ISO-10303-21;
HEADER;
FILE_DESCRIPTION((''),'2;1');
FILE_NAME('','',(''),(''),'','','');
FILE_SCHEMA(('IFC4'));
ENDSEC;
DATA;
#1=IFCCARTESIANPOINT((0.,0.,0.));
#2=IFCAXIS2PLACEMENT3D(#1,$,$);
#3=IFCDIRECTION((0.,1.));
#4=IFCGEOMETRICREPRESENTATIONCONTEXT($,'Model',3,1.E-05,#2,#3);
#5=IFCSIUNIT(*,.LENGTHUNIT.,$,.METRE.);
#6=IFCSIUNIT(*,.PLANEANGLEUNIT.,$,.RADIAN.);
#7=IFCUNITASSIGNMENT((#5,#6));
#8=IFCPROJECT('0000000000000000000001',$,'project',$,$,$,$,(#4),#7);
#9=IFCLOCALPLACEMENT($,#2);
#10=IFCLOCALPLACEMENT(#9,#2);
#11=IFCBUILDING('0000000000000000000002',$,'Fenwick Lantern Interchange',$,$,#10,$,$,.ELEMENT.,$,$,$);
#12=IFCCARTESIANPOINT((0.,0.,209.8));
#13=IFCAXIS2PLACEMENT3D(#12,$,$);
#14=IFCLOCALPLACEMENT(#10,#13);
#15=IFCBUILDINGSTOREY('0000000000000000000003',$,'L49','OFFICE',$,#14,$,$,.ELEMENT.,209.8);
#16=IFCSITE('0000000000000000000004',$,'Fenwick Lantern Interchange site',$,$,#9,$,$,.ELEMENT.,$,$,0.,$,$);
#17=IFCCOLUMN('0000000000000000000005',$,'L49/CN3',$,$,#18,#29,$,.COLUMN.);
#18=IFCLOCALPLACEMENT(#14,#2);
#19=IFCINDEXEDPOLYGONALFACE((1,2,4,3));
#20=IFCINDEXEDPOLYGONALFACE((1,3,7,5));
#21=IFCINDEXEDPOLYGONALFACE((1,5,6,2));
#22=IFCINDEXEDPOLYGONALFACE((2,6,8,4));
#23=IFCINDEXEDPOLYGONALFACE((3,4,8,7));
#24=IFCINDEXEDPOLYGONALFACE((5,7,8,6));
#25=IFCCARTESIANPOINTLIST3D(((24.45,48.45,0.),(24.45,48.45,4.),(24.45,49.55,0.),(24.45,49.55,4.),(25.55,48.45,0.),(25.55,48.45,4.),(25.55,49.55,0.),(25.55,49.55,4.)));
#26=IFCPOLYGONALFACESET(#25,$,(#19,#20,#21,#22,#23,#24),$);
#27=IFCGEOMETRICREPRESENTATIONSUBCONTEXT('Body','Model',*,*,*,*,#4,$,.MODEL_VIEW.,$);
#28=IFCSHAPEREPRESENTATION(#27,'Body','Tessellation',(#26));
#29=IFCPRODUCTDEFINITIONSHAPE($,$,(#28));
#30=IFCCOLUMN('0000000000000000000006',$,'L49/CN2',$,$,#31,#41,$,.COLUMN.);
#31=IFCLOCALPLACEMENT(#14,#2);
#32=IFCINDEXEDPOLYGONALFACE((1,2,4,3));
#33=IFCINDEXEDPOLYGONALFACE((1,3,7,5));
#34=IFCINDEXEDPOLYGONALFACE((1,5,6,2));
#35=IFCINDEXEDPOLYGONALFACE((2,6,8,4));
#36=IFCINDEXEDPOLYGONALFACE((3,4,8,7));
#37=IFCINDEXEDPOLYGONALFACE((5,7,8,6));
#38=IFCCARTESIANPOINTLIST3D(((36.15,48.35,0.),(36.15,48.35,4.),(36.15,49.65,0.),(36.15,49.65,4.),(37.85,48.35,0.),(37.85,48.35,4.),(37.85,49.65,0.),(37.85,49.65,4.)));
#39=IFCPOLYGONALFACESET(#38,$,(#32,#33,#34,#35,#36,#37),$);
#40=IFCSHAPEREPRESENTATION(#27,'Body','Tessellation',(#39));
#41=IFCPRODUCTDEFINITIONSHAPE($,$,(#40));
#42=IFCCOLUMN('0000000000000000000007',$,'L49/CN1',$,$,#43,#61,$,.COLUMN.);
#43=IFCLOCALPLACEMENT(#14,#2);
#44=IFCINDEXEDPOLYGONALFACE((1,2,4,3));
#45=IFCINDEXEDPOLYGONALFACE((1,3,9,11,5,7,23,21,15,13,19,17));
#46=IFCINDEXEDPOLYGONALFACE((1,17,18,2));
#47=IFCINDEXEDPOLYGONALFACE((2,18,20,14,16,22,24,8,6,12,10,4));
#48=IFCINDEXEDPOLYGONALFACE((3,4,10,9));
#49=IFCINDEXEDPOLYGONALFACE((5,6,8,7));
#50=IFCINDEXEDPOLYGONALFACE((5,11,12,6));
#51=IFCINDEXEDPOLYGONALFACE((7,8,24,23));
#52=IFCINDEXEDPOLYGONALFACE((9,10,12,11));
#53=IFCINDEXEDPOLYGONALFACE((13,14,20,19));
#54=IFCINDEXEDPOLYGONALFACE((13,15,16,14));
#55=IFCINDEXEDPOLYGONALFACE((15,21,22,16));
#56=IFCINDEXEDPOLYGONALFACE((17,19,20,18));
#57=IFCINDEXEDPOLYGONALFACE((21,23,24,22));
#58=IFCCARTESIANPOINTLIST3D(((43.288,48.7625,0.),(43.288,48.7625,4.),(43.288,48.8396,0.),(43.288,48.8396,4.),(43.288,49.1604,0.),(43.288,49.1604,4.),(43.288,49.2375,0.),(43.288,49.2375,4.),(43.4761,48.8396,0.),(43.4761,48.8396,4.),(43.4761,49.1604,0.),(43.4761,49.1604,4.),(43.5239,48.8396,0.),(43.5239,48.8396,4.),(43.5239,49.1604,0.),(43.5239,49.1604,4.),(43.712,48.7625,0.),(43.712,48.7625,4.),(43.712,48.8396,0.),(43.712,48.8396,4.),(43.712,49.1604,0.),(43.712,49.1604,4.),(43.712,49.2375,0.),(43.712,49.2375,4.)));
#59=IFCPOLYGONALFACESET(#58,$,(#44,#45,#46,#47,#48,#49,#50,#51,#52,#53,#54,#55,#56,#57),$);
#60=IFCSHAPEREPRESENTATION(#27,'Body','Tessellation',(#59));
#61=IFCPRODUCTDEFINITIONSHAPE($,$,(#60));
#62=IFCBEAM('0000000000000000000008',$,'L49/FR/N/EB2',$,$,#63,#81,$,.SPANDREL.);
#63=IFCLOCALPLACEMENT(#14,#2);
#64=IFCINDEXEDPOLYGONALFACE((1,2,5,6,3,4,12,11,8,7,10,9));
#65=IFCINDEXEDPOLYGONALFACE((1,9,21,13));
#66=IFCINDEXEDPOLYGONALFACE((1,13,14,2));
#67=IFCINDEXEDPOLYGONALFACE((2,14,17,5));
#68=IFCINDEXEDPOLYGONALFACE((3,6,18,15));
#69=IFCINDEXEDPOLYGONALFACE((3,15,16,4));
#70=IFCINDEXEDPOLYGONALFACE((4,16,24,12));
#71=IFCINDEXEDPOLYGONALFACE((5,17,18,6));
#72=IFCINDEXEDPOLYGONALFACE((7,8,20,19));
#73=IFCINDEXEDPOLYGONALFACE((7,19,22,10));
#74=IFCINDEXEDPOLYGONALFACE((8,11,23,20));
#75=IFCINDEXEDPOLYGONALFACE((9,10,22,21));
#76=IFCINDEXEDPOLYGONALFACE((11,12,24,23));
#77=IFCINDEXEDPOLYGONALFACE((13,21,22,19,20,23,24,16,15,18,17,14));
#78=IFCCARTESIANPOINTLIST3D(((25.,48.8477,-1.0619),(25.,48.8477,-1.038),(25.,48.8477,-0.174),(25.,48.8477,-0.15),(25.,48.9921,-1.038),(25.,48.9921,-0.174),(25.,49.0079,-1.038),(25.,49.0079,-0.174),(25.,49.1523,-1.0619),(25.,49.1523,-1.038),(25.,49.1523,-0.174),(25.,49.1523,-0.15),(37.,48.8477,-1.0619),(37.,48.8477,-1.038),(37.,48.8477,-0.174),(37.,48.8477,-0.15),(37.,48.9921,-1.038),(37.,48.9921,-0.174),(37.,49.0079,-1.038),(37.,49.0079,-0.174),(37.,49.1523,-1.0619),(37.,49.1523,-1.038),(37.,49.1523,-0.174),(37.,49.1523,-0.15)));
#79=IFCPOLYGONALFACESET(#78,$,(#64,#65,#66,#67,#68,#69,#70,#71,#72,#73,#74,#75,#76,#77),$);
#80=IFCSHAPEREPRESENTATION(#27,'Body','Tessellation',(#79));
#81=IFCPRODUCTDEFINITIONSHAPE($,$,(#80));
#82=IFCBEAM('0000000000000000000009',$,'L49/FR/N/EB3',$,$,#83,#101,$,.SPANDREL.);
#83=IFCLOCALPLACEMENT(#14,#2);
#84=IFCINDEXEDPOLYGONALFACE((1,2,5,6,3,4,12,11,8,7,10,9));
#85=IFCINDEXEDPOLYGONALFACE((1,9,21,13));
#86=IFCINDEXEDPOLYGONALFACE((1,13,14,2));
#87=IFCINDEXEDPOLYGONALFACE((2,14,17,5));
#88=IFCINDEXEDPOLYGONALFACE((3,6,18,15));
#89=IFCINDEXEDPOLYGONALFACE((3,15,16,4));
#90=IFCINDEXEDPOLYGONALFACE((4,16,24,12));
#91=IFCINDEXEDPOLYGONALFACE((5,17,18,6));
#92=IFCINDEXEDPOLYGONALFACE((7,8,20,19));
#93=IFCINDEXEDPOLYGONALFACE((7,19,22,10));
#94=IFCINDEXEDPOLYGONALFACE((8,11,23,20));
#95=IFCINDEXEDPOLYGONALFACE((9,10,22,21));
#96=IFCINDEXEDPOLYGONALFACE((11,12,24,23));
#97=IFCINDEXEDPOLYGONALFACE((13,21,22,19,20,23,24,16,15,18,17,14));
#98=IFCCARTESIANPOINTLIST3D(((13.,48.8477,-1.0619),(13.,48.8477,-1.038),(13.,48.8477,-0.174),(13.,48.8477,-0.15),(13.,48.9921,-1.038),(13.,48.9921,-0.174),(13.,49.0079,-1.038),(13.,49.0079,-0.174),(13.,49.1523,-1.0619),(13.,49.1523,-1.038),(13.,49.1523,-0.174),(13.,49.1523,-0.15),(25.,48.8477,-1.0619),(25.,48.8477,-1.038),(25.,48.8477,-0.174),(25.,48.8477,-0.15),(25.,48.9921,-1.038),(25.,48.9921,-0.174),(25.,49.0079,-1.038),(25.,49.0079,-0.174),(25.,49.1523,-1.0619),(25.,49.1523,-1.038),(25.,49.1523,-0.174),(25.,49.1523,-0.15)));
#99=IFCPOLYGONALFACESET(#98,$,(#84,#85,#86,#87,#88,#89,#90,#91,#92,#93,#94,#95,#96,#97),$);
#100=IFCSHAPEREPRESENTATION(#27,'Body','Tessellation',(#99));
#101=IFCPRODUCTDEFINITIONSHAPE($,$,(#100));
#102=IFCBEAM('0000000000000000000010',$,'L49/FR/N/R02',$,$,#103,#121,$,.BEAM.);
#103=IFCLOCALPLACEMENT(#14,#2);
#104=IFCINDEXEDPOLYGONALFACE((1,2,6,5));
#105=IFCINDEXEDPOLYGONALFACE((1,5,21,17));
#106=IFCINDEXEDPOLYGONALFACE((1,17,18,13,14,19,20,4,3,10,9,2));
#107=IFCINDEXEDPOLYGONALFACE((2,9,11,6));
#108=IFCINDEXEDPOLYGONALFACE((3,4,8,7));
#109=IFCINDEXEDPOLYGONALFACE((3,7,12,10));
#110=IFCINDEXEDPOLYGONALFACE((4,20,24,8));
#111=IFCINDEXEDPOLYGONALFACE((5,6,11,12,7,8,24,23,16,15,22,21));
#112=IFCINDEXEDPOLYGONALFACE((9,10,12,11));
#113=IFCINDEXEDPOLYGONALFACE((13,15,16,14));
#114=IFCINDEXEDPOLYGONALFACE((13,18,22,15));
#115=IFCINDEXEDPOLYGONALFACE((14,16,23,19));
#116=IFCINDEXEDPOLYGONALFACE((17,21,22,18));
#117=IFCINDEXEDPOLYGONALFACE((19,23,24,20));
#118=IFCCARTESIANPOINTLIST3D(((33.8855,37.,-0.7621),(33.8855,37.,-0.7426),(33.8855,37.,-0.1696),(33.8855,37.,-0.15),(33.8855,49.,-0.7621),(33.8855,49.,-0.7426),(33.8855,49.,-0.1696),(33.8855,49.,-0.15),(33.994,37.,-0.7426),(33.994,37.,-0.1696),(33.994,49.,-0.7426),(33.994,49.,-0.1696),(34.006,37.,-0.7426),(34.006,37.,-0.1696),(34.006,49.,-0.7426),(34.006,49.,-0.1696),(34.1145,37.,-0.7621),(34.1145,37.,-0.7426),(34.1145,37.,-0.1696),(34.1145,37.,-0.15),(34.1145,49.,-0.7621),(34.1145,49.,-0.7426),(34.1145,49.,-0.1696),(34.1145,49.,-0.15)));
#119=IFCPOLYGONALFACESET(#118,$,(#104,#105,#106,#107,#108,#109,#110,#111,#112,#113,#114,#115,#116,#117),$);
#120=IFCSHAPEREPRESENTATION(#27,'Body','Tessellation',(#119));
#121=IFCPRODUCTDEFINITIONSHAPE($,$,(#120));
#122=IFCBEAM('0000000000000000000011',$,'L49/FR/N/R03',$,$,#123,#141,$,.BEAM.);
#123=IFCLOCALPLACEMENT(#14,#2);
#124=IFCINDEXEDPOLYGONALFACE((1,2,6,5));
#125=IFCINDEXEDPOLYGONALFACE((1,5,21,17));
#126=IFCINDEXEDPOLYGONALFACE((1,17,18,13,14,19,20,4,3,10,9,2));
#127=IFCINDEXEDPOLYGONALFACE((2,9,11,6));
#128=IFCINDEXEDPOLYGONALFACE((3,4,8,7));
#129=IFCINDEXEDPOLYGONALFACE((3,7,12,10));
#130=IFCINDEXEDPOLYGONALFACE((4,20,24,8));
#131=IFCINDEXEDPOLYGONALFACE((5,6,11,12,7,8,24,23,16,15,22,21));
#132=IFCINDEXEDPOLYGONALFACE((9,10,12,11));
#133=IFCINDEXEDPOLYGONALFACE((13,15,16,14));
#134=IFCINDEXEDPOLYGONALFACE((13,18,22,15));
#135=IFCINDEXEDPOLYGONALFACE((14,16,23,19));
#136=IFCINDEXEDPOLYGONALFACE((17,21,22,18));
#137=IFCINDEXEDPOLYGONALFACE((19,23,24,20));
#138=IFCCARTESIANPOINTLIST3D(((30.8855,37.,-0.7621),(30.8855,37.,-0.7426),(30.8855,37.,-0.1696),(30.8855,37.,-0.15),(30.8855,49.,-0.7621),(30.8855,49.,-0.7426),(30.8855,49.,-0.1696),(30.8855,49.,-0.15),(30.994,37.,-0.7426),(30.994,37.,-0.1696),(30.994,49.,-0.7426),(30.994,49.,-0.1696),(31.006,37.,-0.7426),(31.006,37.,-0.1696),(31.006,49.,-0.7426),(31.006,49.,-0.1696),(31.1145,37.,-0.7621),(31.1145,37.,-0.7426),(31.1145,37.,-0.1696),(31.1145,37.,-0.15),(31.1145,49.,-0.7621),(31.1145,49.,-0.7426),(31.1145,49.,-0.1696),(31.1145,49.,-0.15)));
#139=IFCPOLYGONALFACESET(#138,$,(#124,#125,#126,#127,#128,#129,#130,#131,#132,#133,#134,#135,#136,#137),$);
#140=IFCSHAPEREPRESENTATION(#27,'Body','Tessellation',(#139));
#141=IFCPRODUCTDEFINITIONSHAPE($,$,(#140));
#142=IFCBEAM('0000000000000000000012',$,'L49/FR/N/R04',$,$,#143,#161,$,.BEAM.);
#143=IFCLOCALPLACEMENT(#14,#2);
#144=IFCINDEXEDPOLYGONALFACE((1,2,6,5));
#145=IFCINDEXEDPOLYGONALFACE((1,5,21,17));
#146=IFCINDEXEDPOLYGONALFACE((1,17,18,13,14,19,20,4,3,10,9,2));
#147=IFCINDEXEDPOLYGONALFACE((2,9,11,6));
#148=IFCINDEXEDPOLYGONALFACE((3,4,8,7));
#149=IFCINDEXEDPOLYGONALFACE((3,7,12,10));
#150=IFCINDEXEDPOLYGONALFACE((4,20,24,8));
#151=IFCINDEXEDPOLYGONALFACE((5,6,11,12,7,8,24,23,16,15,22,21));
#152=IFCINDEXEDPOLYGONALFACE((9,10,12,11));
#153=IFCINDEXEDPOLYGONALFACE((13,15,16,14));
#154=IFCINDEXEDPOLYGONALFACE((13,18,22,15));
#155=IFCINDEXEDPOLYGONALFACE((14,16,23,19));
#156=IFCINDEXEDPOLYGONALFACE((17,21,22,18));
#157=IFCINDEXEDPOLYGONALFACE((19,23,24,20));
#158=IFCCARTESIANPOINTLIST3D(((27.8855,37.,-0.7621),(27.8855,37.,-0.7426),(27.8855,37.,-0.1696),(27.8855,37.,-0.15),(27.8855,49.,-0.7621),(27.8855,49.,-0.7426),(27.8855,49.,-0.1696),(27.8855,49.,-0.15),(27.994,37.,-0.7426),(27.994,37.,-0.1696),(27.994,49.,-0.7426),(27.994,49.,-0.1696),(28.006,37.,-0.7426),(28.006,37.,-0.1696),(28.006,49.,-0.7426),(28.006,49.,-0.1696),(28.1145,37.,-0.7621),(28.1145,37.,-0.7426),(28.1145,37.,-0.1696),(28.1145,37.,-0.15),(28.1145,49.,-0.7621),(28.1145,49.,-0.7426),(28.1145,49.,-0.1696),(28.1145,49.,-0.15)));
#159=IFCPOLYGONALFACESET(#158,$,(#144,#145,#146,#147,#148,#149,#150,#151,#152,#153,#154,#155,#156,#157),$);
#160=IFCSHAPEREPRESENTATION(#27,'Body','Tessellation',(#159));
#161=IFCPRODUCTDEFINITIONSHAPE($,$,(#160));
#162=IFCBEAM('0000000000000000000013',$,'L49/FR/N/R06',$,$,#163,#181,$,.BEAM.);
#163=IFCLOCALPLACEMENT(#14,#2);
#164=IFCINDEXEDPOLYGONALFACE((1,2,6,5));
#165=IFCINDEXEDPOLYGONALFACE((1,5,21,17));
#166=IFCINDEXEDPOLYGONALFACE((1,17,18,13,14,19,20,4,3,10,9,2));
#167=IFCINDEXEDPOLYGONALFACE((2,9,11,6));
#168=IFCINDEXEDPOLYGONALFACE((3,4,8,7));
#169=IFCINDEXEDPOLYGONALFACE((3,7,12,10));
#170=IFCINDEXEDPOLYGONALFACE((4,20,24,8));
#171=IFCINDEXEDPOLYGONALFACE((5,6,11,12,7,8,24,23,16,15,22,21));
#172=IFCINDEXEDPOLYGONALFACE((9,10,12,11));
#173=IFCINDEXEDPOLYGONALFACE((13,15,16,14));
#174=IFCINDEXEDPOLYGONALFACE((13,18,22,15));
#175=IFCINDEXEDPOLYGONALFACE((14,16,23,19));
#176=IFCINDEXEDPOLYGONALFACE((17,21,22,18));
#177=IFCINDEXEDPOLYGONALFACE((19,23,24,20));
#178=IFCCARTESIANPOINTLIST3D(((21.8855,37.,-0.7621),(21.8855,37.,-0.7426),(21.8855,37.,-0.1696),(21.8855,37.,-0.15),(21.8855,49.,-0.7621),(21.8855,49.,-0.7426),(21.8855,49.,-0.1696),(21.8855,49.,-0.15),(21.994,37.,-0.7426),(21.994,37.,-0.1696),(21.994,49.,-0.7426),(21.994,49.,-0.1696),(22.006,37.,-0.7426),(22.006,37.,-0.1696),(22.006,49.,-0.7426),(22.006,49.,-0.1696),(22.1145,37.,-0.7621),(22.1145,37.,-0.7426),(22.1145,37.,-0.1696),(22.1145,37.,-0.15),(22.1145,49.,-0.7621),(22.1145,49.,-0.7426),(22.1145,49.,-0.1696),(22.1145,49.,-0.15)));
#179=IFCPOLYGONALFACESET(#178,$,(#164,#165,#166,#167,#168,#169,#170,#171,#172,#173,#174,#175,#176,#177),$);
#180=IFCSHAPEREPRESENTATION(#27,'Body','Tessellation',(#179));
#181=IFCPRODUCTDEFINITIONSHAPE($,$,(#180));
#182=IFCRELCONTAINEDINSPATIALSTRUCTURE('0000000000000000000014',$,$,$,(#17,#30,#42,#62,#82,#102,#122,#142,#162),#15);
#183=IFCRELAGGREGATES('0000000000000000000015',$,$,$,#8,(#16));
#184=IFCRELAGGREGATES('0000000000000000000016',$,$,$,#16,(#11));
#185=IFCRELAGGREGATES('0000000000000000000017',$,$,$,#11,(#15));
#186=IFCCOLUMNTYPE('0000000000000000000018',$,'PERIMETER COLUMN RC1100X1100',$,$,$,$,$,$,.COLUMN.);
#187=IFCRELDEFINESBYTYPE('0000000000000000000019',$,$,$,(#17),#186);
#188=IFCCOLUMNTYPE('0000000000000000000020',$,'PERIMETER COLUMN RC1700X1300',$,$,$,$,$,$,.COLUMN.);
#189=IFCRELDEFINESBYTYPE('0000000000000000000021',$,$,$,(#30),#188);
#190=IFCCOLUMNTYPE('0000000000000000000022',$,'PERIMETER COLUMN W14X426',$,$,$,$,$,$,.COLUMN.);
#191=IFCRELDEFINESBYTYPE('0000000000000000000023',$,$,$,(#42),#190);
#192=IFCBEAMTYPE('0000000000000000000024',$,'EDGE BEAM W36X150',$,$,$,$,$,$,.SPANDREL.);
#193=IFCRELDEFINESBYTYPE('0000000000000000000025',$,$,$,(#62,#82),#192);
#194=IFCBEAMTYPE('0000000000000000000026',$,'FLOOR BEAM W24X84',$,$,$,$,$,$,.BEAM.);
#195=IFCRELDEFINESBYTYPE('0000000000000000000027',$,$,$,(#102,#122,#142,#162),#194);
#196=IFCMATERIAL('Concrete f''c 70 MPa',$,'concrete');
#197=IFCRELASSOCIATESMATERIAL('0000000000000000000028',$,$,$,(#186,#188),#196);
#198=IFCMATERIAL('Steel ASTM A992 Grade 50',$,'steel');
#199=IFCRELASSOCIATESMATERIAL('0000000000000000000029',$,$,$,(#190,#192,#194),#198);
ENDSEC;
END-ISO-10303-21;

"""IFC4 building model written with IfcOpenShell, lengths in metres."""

from ifc_helpers import new_model, si_unit, direction, frame, origin, origin_2d, place, context, subcontext, project, spatial, rectangle, i_section, extrude, material, material_profile, profile_set, type_object, element, save


model = new_model("IFC4")

# Units and contexts
model_context = context("Model", 3, precision=1e-05, world=origin(), true_north=direction((0.0, 1.0)))
body_context = subcontext(model_context, "Body", "Model", "MODEL_VIEW")
ifc_project = project(units=[si_unit("LENGTHUNIT", "METRE"), si_unit("PLANEANGLEUNIT", "RADIAN")], contexts=[model_context])

# Site, building, storey
site_placement = place(None, origin())
site = spatial("IfcSite", under=ifc_project, at=site_placement, Name="Fenwick Lantern Interchange site", CompositionType="ELEMENT", RefElevation=0.0)
building_placement = place(site_placement, origin())
building = spatial("IfcBuilding", under=site, at=building_placement, Name="Fenwick Lantern Interchange", CompositionType="ELEMENT")
storey_placement = place(building_placement, frame((0.0, 0.0, 209.8)))
storey = spatial("IfcBuildingStorey", under=building, at=storey_placement, Name="L49", Description="OFFICE", CompositionType="ELEMENT", Elevation=209.8)

# Columns
ifc_material_1 = material(Name="Concrete f'c 70 MPa", Category="concrete")
ifc_material_profile_1 = material_profile(ifc_material_1, rectangle(XDim=1.1001, YDim=1.1001, at=origin_2d()), Name="RC1100X1100")
ifc_profile_set_1 = profile_set([ifc_material_profile_1], Name="Concrete f'c 70 MPa")
column_type_1 = type_object("IfcColumnType", Name="PERIMETER COLUMN RC1100X1100", PredefinedType="COLUMN", material=ifc_profile_set_1)
column_1_placement = place(storey_placement, frame((25.0, 49.0, 0.0), z_axis=(0.0, 0.0, 1.0), x_axis=(1.0, 0.0, 0.0)))
element("IfcColumn", 1, at=column_1_placement, inside=storey, type_object=column_type_1, Name="L49/CN3", PredefinedType="COLUMN", context=body_context, shape_type="SweptSolid", body=[
    extrude(rectangle(XDim=1.1001, YDim=1.1001, at=origin_2d()), origin(), (0.0, 0.0, 1.0), 4.0),
])
ifc_material_profile_2 = material_profile(ifc_material_1, rectangle(XDim=1.7, YDim=1.3, at=origin_2d()), Name="RC1700X1300")
ifc_profile_set_2 = profile_set([ifc_material_profile_2], Name="Concrete f'c 70 MPa")
column_type_2 = type_object("IfcColumnType", Name="PERIMETER COLUMN RC1700X1300", PredefinedType="COLUMN", material=ifc_profile_set_2)
column_2_placement = place(storey_placement, frame((37.0, 49.0, 0.0), z_axis=(0.0, 0.0, 1.0), x_axis=(1.0, 0.0, 0.0)))
element("IfcColumn", 2, at=column_2_placement, inside=storey, type_object=column_type_2, Name="L49/CN2", PredefinedType="COLUMN", context=body_context, shape_type="SweptSolid", body=[
    extrude(rectangle(XDim=1.7, YDim=1.3, at=origin_2d()), origin(), (0.0, 0.0, 1.0), 4.0),
])
ifc_material_2 = material(Name="Steel ASTM A992 Grade 50", Category="steel")
ifc_material_profile_3 = material_profile(ifc_material_2, i_section(OverallWidth=0.4241, OverallDepth=0.4751, WebThickness=0.0479, FlangeThickness=0.0771, at=origin_2d()), Name="W14X426")
ifc_profile_set_3 = profile_set([ifc_material_profile_3], Name="Steel ASTM A992 Grade 50")
column_type_3 = type_object("IfcColumnType", Name="PERIMETER COLUMN W14X426", PredefinedType="COLUMN", material=ifc_profile_set_3)
column_3_placement = place(storey_placement, frame((43.5, 49.0, 0.0), z_axis=(0.0, 0.0, 1.0), x_axis=(1.0, 0.0, 0.0)))
element("IfcColumn", 3, at=column_3_placement, inside=storey, type_object=column_type_3, Name="L49/CN1", PredefinedType="COLUMN", context=body_context, shape_type="SweptSolid", body=[
    extrude(i_section(OverallWidth=0.4241, OverallDepth=0.4751, WebThickness=0.0479, FlangeThickness=0.0771, at=origin_2d()), origin(), (0.0, 0.0, 1.0), 4.0),
])

# Beams
ifc_material_profile_4 = material_profile(ifc_material_2, i_section(OverallWidth=0.3047, OverallDepth=0.9119, WebThickness=0.0159, FlangeThickness=0.0239, at=origin_2d()), Name="W36X150")
ifc_profile_set_4 = profile_set([ifc_material_profile_4], Name="Steel ASTM A992 Grade 50")
beam_type_1 = type_object("IfcBeamType", Name="EDGE BEAM W36X150", PredefinedType="SPANDREL", material=ifc_profile_set_4)
for number, where, z_axis, x_axis, name in (
    (4, (37.0, 49.0, -0.606), (-1.0, 0.0, 0.0), (0.0, -1.0, 0.0), "L49/FR/N/EB2"),
    (5, (25.0, 49.0, -0.606), (-1.0, 0.0, 0.0), (0.0, -1.0, 0.0), "L49/FR/N/EB3"),
):
    element("IfcBeam", number, at=place(storey_placement, frame(where, z_axis=z_axis, x_axis=x_axis)), inside=storey, type_object=beam_type_1, Name=name, PredefinedType="SPANDREL", context=body_context, shape_type="SweptSolid", body=[
        extrude(i_section(OverallWidth=0.3047, OverallDepth=0.9119, WebThickness=0.0159, FlangeThickness=0.0239, at=origin_2d()), origin(), (0.0, 0.0, 1.0), 12.0),
    ])
ifc_material_profile_5 = material_profile(ifc_material_2, i_section(OverallWidth=0.229, OverallDepth=0.6121, WebThickness=0.012, FlangeThickness=0.0195, at=origin_2d()), Name="W24X84")
ifc_profile_set_5 = profile_set([ifc_material_profile_5], Name="Steel ASTM A992 Grade 50")
beam_type_2 = type_object("IfcBeamType", Name="FLOOR BEAM W24X84", PredefinedType="BEAM", material=ifc_profile_set_5)
for number, where, z_axis, x_axis, name in (
    (6, (34.0, 49.0, -0.4561), (0.0, -1.0, 0.0), (1.0, 0.0, 0.0), "L49/FR/N/R02"),
    (7, (31.0, 49.0, -0.4561), (0.0, -1.0, 0.0), (1.0, 0.0, 0.0), "L49/FR/N/R03"),
    (8, (28.0, 49.0, -0.4561), (0.0, -1.0, 0.0), (1.0, 0.0, 0.0), "L49/FR/N/R04"),
    (9, (22.0, 49.0, -0.4561), (0.0, -1.0, 0.0), (1.0, 0.0, 0.0), "L49/FR/N/R06"),
):
    element("IfcBeam", number, at=place(storey_placement, frame(where, z_axis=z_axis, x_axis=x_axis)), inside=storey, type_object=beam_type_2, Name=name, PredefinedType="BEAM", context=body_context, shape_type="SweptSolid", body=[
        extrude(i_section(OverallWidth=0.229, OverallDepth=0.6121, WebThickness=0.012, FlangeThickness=0.0195, at=origin_2d()), origin(), (0.0, 0.0, 1.0), 12.0),
    ])

save(model, "model.ifc")
